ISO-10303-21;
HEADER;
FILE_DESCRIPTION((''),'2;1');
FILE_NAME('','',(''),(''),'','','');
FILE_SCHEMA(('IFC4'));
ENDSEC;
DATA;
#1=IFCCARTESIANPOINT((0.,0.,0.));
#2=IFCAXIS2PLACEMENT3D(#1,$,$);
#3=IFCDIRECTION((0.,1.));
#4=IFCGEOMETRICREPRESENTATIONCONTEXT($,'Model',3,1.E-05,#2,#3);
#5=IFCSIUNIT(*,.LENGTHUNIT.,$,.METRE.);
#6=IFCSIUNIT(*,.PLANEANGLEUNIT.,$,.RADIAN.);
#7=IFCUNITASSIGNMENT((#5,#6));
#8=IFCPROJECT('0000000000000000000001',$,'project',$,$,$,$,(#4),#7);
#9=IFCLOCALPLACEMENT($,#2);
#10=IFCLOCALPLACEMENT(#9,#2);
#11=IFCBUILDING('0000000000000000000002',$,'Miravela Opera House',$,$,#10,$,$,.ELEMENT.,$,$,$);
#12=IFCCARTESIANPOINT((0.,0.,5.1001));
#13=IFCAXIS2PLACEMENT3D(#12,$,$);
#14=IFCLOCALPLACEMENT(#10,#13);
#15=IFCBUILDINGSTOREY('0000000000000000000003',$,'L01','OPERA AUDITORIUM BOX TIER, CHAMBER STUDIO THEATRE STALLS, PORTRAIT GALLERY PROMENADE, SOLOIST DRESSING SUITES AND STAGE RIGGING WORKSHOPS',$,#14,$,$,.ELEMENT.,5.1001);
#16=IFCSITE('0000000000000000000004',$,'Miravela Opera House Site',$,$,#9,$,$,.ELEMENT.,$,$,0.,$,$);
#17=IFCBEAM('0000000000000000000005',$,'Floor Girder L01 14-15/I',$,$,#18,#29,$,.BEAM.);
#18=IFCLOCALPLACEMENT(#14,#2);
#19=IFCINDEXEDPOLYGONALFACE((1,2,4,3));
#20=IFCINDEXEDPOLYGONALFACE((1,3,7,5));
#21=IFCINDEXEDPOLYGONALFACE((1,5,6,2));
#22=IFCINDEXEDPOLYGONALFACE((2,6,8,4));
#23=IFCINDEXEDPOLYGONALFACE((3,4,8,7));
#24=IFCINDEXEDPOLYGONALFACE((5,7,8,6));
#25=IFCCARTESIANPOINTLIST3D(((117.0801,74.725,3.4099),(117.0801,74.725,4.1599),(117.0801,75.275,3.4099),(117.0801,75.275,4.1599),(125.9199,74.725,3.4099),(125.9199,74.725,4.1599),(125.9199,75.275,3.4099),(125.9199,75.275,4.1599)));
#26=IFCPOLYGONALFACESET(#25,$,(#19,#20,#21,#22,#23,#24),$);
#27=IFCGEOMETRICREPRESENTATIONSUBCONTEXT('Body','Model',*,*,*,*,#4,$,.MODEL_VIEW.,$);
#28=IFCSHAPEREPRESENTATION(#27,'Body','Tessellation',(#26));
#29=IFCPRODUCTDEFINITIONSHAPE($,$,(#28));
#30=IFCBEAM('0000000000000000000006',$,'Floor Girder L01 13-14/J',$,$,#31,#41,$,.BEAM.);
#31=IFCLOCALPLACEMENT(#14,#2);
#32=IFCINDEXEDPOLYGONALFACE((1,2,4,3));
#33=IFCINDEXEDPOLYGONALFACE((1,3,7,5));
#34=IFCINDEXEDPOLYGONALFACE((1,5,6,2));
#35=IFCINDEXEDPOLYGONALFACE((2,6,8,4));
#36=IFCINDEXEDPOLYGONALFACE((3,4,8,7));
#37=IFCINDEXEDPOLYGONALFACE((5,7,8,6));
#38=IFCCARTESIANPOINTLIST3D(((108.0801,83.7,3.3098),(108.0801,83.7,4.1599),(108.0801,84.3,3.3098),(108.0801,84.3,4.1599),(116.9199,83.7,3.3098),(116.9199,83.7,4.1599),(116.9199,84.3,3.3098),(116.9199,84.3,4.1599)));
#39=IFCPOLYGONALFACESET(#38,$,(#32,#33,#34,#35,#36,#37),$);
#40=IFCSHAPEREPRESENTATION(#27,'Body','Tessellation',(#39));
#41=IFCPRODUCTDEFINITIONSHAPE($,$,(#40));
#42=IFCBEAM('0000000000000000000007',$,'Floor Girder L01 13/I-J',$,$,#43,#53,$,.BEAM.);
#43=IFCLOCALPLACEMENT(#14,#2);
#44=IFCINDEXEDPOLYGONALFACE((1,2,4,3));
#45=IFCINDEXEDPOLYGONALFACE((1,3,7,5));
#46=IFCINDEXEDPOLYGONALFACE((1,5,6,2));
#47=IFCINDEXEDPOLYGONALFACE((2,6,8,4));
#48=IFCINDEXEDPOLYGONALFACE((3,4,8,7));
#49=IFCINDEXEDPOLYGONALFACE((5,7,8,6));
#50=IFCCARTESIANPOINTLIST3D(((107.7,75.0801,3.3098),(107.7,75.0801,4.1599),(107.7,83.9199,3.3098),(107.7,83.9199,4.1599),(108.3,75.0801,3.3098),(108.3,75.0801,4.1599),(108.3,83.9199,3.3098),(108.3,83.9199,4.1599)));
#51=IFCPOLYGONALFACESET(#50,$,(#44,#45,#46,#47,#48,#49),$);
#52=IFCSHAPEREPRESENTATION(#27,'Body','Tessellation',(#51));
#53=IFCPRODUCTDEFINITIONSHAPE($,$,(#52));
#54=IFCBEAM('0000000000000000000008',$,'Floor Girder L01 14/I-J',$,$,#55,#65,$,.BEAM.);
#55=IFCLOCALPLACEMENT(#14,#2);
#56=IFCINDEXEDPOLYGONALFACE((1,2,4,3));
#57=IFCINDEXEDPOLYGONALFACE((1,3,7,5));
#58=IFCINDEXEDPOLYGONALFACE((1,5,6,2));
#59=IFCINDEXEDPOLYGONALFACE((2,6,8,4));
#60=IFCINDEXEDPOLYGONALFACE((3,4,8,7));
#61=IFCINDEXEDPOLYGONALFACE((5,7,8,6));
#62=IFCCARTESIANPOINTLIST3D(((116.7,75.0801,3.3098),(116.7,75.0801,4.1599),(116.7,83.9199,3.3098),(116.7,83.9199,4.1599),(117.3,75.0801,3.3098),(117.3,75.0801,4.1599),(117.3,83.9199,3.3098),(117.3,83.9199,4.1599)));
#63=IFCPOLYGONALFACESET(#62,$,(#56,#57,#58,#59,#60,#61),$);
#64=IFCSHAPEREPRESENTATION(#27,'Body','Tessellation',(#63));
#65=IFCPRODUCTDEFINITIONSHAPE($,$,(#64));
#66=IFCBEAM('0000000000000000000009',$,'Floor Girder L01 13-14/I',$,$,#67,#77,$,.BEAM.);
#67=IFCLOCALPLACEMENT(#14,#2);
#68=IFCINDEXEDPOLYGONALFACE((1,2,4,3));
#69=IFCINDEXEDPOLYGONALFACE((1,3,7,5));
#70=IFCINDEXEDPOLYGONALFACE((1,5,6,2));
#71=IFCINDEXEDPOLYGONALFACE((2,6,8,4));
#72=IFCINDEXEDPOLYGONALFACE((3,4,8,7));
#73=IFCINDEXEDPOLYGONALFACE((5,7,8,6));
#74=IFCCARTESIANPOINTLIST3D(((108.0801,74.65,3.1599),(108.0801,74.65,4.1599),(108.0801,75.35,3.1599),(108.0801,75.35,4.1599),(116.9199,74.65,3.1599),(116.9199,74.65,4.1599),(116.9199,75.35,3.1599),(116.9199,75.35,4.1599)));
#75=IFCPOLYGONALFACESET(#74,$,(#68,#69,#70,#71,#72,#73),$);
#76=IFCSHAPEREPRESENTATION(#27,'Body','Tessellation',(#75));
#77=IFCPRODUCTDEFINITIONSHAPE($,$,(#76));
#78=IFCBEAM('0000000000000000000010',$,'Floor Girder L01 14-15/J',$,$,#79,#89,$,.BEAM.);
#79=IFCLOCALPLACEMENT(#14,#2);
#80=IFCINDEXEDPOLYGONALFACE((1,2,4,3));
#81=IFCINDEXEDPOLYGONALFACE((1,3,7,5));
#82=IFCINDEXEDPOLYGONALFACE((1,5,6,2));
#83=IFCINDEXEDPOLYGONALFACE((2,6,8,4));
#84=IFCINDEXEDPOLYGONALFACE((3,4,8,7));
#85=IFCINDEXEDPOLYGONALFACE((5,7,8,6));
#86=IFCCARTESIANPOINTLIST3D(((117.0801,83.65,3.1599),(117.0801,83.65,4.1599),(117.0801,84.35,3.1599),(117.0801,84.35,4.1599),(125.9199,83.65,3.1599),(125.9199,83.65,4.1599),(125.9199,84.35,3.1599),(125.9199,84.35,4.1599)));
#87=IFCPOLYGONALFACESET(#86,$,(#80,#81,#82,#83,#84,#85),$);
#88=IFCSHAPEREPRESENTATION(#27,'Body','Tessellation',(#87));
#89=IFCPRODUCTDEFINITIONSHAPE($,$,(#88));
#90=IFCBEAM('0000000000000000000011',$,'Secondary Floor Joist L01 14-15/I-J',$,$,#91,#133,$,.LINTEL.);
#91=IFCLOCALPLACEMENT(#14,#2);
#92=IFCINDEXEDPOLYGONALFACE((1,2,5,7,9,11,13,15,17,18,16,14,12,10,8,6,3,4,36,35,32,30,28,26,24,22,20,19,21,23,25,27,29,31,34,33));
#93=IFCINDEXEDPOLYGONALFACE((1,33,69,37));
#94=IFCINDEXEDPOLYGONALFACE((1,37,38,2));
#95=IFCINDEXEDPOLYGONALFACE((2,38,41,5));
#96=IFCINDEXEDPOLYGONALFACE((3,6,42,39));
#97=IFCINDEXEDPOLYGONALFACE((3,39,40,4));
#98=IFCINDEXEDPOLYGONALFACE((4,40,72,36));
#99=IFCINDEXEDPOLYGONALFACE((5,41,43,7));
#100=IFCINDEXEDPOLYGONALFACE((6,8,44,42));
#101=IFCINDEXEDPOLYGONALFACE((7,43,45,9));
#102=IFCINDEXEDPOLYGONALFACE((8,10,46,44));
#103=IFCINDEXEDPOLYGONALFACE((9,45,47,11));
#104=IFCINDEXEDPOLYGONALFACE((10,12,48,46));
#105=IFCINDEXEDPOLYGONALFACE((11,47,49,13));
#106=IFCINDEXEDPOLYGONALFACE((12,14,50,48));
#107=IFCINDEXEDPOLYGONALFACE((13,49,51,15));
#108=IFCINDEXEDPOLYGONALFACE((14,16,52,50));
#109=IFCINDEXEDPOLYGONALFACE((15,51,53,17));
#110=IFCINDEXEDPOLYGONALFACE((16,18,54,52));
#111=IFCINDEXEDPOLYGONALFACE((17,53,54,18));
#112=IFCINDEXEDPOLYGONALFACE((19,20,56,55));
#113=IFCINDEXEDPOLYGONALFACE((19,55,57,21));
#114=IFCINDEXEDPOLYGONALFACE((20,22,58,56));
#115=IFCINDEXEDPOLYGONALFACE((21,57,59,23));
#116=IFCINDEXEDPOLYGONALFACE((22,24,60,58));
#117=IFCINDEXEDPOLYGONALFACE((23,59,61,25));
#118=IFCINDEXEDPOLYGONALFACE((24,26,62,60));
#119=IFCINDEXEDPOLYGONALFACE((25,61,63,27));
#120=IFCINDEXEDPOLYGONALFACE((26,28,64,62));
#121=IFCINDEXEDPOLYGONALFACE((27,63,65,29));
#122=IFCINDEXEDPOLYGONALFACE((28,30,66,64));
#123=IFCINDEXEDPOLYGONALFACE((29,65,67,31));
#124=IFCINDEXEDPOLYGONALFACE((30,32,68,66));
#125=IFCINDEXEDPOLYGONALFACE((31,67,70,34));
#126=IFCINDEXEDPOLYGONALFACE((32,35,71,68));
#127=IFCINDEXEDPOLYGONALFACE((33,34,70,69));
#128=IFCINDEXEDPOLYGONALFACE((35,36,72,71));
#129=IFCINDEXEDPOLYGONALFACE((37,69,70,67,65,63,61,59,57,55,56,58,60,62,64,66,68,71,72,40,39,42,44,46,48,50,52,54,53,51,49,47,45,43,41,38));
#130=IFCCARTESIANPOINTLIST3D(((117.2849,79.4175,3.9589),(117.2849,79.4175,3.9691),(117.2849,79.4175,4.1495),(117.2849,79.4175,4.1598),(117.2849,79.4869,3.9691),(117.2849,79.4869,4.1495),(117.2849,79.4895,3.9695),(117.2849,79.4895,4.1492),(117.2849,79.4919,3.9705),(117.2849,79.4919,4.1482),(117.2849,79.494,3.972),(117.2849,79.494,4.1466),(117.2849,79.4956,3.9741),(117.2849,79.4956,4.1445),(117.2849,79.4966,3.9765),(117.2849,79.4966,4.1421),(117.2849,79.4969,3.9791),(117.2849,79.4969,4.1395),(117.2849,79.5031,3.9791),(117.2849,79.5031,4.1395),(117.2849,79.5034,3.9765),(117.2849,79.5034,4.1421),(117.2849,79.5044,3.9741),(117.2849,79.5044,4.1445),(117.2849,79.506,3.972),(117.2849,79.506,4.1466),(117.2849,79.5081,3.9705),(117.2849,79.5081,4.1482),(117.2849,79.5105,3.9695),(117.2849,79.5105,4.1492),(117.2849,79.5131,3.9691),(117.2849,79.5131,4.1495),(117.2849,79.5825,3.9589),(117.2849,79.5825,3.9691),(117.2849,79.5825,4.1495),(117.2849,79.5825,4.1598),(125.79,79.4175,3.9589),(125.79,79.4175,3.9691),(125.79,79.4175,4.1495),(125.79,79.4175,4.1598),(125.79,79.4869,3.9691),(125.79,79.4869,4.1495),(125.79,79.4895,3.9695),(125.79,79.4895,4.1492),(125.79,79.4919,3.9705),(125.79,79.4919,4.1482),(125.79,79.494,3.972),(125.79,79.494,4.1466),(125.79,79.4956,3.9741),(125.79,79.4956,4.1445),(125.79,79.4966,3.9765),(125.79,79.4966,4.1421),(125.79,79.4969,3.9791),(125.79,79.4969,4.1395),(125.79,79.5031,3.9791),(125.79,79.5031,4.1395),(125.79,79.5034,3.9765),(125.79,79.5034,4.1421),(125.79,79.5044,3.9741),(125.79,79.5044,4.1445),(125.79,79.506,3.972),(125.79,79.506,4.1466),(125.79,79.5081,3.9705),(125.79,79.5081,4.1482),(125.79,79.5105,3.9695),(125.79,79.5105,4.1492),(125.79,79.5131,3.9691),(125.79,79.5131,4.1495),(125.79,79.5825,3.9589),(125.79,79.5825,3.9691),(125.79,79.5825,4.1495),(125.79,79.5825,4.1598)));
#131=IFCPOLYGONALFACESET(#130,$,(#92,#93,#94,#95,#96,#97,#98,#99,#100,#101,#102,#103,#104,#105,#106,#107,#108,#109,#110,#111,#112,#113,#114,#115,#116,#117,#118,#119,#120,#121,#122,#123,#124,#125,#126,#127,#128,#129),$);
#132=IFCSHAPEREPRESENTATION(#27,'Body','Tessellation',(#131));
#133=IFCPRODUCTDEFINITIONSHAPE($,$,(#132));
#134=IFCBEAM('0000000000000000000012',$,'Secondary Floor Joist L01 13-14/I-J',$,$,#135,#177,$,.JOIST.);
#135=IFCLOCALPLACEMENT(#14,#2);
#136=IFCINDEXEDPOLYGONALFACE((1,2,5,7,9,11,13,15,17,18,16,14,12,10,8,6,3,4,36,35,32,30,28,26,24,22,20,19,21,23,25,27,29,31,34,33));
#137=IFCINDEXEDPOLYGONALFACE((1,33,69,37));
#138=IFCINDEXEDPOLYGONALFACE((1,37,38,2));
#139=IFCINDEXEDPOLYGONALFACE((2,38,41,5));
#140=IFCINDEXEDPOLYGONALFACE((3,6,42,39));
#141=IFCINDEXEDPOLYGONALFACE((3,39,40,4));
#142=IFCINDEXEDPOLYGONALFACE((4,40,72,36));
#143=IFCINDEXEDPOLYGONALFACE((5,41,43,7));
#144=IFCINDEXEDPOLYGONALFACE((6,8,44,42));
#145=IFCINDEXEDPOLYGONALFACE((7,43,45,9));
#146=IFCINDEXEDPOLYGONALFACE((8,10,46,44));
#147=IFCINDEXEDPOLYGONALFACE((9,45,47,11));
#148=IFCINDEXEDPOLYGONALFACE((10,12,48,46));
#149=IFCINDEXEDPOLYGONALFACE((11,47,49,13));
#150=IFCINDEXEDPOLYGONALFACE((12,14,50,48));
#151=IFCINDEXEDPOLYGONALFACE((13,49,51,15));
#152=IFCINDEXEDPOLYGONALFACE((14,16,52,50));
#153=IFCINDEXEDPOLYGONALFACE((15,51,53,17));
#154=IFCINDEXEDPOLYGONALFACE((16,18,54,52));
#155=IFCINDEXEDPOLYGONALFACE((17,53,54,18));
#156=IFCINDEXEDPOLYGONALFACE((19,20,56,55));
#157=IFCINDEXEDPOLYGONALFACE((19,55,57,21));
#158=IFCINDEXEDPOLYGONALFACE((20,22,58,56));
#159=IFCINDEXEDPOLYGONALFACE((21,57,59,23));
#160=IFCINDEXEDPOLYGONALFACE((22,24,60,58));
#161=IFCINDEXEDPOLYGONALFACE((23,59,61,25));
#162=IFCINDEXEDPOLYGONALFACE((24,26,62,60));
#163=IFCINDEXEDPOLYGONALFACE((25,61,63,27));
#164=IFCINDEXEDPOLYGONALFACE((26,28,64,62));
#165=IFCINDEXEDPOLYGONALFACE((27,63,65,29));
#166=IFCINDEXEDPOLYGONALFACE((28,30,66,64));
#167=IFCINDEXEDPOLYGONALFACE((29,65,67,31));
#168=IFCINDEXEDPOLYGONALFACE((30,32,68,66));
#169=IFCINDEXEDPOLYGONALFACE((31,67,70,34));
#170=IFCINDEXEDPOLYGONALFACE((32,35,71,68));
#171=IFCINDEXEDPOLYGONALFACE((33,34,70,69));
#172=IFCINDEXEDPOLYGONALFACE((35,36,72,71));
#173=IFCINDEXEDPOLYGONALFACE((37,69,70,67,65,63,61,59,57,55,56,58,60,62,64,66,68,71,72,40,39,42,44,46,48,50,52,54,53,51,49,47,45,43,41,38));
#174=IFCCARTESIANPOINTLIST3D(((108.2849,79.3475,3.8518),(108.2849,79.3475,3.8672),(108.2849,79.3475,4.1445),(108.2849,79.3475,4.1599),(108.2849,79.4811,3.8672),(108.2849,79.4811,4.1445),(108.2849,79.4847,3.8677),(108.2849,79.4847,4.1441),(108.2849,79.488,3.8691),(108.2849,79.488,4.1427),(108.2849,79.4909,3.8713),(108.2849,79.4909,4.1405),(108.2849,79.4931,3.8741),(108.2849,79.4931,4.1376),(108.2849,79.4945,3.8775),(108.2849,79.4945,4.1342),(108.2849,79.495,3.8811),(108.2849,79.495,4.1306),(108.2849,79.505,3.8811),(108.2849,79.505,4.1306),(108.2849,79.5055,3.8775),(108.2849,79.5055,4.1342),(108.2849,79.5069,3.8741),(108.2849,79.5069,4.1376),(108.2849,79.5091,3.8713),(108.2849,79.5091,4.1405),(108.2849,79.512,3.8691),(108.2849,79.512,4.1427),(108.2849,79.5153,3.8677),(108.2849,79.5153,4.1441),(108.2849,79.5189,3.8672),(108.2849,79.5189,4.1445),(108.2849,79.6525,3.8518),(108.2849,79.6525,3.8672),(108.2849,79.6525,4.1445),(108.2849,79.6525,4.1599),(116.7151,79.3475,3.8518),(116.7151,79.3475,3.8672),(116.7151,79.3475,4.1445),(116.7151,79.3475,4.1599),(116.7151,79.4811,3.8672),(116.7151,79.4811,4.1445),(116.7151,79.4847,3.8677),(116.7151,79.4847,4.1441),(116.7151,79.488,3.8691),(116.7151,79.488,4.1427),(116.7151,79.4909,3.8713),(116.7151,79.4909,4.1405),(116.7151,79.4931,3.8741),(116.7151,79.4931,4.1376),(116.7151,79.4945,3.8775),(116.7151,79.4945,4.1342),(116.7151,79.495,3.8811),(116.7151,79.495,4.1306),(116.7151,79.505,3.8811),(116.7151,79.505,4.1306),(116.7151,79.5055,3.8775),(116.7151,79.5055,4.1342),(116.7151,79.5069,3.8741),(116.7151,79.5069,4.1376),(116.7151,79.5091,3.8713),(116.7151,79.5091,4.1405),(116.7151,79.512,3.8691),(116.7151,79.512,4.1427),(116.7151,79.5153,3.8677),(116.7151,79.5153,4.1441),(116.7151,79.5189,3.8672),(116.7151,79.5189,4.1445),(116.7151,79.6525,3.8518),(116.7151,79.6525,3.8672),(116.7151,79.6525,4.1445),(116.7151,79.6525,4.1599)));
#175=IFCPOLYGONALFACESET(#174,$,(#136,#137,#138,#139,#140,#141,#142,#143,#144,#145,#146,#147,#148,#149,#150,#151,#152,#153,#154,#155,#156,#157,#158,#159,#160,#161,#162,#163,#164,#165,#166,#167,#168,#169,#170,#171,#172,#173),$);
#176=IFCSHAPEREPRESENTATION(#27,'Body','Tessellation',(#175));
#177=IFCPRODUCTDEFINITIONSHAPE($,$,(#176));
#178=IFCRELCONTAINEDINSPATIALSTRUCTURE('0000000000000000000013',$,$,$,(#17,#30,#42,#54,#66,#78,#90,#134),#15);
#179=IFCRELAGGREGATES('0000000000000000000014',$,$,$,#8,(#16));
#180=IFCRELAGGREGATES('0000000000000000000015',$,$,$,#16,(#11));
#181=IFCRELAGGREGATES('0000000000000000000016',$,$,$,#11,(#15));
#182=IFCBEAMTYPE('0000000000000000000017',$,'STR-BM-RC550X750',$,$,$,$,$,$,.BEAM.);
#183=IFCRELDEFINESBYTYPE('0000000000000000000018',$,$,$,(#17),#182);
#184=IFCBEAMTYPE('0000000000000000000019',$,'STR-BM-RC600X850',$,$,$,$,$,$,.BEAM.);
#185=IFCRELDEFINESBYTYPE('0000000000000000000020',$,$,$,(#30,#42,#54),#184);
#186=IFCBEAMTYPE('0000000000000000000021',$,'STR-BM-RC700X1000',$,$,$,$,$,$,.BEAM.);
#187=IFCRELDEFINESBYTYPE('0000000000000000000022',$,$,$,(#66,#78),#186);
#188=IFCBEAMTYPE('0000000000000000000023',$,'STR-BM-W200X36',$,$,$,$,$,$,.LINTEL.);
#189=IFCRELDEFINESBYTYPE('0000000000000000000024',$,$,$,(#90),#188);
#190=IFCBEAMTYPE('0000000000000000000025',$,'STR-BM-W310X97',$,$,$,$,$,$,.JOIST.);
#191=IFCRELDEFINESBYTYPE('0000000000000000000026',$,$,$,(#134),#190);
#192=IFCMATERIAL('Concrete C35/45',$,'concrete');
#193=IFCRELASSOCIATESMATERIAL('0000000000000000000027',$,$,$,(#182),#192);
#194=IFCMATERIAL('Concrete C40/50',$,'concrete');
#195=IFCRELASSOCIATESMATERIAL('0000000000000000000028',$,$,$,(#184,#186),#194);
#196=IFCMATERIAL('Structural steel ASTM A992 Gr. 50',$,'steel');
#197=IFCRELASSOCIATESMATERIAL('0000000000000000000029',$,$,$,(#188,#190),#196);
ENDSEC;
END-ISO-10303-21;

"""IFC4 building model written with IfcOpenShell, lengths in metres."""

from ifc_helpers import new_model, si_unit, direction, frame, origin, origin_2d, place, context, subcontext, project, spatial, rectangle, i_section, extrude, material, material_profile, profile_set, type_object, element, save


model = new_model("IFC4")

# Units and contexts
model_context = context("Model", 3, precision=1e-05, world=origin(), true_north=direction((0.0, 1.0)))
body_context = subcontext(model_context, "Body", "Model", "MODEL_VIEW")
ifc_project = project(units=[si_unit("LENGTHUNIT", "METRE"), si_unit("PLANEANGLEUNIT", "RADIAN")], contexts=[model_context])

# Site, building, storey
site_placement = place(None, origin())
site = spatial("IfcSite", under=ifc_project, at=site_placement, Name="Miravela Opera House Site", CompositionType="ELEMENT", RefElevation=0.0)
building_placement = place(site_placement, origin())
building = spatial("IfcBuilding", under=site, at=building_placement, Name="Miravela Opera House", CompositionType="ELEMENT")
storey_placement = place(building_placement, frame((0.0, 0.0, 5.1001)))
storey = spatial("IfcBuildingStorey", under=building, at=storey_placement, Name="L01", Description="OPERA AUDITORIUM BOX TIER, CHAMBER STUDIO THEATRE STALLS, PORTRAIT GALLERY PROMENADE, SOLOIST DRESSING SUITES AND STAGE RIGGING WORKSHOPS", CompositionType="ELEMENT", Elevation=5.1001)

# Shared definitions
ifc_material_1 = material(Name="Concrete C35/45", Category="concrete")
ifc_material_2 = material(Name="Concrete C40/50", Category="concrete")

# Beams
ifc_material_profile_1 = material_profile(ifc_material_1, rectangle(XDim=0.55, YDim=0.75, at=origin_2d()), Name="RC-BM-550X750")
ifc_profile_set_1 = profile_set([ifc_material_profile_1])
beam_type_1 = type_object("IfcBeamType", Name="STR-BM-RC550X750", PredefinedType="BEAM", material=ifc_profile_set_1)
beam_1_placement = place(storey_placement, frame((117.0801, 75.0, 3.7849), z_axis=(1.0, 0.0, 0.0), x_axis=(0.0, 1.0, 0.0)))
element("IfcBeam", 1, at=beam_1_placement, inside=storey, type_object=beam_type_1, Name="Floor Girder L01 14-15/I", PredefinedType="BEAM", context=body_context, shape_type="SweptSolid", body=[
    extrude(rectangle(XDim=0.55, YDim=0.75, at=origin_2d()), origin(), (0.0, 0.0, 1.0), 8.8398),
])
ifc_material_profile_2 = material_profile(ifc_material_2, rectangle(XDim=0.6001, YDim=0.8501, at=origin_2d()), Name="RC-BM-600X850")
ifc_profile_set_2 = profile_set([ifc_material_profile_2])
beam_type_2 = type_object("IfcBeamType", Name="STR-BM-RC600X850", PredefinedType="BEAM", material=ifc_profile_set_2)
for number, where, z_axis, x_axis, name in (
    (2, (108.0801, 84.0, 3.7349), (1.0, 0.0, 0.0), (0.0, 1.0, 0.0), "Floor Girder L01 13-14/J"),
    (3, (108.0, 75.0801, 3.7349), (0.0, 1.0, 0.0), (-1.0, 0.0, 0.0), "Floor Girder L01 13/I-J"),
    (4, (117.0, 75.0801, 3.7349), (0.0, 1.0, 0.0), (-1.0, 0.0, 0.0), "Floor Girder L01 14/I-J"),
):
    element("IfcBeam", number, at=place(storey_placement, frame(where, z_axis=z_axis, x_axis=x_axis)), inside=storey, type_object=beam_type_2, Name=name, PredefinedType="BEAM", context=body_context, shape_type="SweptSolid", body=[
        extrude(rectangle(XDim=0.6001, YDim=0.8501, at=origin_2d()), origin(), (0.0, 0.0, 1.0), 8.8398),
    ])
ifc_material_profile_3 = material_profile(ifc_material_2, rectangle(XDim=0.7, YDim=1.0, at=origin_2d()), Name="RC-BM-700X1000")
ifc_profile_set_3 = profile_set([ifc_material_profile_3])
beam_type_3 = type_object("IfcBeamType", Name="STR-BM-RC700X1000", PredefinedType="BEAM", material=ifc_profile_set_3)
for number, where, z_axis, x_axis, name in (
    (5, (108.0801, 75.0, 3.6599), (1.0, 0.0, 0.0), (0.0, 1.0, 0.0), "Floor Girder L01 13-14/I"),
    (6, (117.0801, 84.0, 3.6599), (1.0, 0.0, 0.0), (0.0, 1.0, 0.0), "Floor Girder L01 14-15/J"),
):
    element("IfcBeam", number, at=place(storey_placement, frame(where, z_axis=z_axis, x_axis=x_axis)), inside=storey, type_object=beam_type_3, Name=name, PredefinedType="BEAM", context=body_context, shape_type="SweptSolid", body=[
        extrude(rectangle(XDim=0.7, YDim=1.0, at=origin_2d()), origin(), (0.0, 0.0, 1.0), 8.8398),
    ])
ifc_material_3 = material(Name="Structural steel ASTM A992 Gr. 50", Category="steel")
ifc_material_profile_4 = material_profile(ifc_material_3, i_section(OverallWidth=0.165, OverallDepth=0.2009, WebThickness=0.0061, FlangeThickness=0.0103, FilletRadius=0.01, at=origin_2d()), Name="W200X36")
ifc_profile_set_4 = profile_set([ifc_material_profile_4])
beam_type_4 = type_object("IfcBeamType", Name="STR-BM-W200X36", PredefinedType="LINTEL", material=ifc_profile_set_4)
beam_2_placement = place(storey_placement, frame((117.2849, 79.5, 4.0593), z_axis=(1.0, 0.0, 0.0), x_axis=(0.0, 1.0, 0.0)))
element("IfcBeam", 7, at=beam_2_placement, inside=storey, type_object=beam_type_4, Name="Secondary Floor Joist L01 14-15/I-J", PredefinedType="LINTEL", context=body_context, shape_type="SweptSolid", body=[
    extrude(i_section(OverallWidth=0.165, OverallDepth=0.2009, WebThickness=0.0061, FlangeThickness=0.0103, FilletRadius=0.01, at=origin_2d()), origin(), (0.0, 0.0, 1.0), 8.5051),
])
ifc_material_profile_5 = material_profile(ifc_material_3, i_section(OverallWidth=0.3049, OverallDepth=0.3081, WebThickness=0.01, FlangeThickness=0.0154, FilletRadius=0.0139, at=origin_2d()), Name="W310X97")
ifc_profile_set_5 = profile_set([ifc_material_profile_5])
beam_type_5 = type_object("IfcBeamType", Name="STR-BM-W310X97", PredefinedType="JOIST", material=ifc_profile_set_5)
beam_3_placement = place(storey_placement, frame((108.2849, 79.5, 4.0059), z_axis=(1.0, 0.0, 0.0), x_axis=(0.0, 1.0, 0.0)))
element("IfcBeam", 8, at=beam_3_placement, inside=storey, type_object=beam_type_5, Name="Secondary Floor Joist L01 13-14/I-J", PredefinedType="JOIST", context=body_context, shape_type="SweptSolid", body=[
    extrude(i_section(OverallWidth=0.3049, OverallDepth=0.3081, WebThickness=0.01, FlangeThickness=0.0154, FilletRadius=0.0139, at=origin_2d()), origin(), (0.0, 0.0, 1.0), 8.4302),
])

save(model, "model.ifc")
